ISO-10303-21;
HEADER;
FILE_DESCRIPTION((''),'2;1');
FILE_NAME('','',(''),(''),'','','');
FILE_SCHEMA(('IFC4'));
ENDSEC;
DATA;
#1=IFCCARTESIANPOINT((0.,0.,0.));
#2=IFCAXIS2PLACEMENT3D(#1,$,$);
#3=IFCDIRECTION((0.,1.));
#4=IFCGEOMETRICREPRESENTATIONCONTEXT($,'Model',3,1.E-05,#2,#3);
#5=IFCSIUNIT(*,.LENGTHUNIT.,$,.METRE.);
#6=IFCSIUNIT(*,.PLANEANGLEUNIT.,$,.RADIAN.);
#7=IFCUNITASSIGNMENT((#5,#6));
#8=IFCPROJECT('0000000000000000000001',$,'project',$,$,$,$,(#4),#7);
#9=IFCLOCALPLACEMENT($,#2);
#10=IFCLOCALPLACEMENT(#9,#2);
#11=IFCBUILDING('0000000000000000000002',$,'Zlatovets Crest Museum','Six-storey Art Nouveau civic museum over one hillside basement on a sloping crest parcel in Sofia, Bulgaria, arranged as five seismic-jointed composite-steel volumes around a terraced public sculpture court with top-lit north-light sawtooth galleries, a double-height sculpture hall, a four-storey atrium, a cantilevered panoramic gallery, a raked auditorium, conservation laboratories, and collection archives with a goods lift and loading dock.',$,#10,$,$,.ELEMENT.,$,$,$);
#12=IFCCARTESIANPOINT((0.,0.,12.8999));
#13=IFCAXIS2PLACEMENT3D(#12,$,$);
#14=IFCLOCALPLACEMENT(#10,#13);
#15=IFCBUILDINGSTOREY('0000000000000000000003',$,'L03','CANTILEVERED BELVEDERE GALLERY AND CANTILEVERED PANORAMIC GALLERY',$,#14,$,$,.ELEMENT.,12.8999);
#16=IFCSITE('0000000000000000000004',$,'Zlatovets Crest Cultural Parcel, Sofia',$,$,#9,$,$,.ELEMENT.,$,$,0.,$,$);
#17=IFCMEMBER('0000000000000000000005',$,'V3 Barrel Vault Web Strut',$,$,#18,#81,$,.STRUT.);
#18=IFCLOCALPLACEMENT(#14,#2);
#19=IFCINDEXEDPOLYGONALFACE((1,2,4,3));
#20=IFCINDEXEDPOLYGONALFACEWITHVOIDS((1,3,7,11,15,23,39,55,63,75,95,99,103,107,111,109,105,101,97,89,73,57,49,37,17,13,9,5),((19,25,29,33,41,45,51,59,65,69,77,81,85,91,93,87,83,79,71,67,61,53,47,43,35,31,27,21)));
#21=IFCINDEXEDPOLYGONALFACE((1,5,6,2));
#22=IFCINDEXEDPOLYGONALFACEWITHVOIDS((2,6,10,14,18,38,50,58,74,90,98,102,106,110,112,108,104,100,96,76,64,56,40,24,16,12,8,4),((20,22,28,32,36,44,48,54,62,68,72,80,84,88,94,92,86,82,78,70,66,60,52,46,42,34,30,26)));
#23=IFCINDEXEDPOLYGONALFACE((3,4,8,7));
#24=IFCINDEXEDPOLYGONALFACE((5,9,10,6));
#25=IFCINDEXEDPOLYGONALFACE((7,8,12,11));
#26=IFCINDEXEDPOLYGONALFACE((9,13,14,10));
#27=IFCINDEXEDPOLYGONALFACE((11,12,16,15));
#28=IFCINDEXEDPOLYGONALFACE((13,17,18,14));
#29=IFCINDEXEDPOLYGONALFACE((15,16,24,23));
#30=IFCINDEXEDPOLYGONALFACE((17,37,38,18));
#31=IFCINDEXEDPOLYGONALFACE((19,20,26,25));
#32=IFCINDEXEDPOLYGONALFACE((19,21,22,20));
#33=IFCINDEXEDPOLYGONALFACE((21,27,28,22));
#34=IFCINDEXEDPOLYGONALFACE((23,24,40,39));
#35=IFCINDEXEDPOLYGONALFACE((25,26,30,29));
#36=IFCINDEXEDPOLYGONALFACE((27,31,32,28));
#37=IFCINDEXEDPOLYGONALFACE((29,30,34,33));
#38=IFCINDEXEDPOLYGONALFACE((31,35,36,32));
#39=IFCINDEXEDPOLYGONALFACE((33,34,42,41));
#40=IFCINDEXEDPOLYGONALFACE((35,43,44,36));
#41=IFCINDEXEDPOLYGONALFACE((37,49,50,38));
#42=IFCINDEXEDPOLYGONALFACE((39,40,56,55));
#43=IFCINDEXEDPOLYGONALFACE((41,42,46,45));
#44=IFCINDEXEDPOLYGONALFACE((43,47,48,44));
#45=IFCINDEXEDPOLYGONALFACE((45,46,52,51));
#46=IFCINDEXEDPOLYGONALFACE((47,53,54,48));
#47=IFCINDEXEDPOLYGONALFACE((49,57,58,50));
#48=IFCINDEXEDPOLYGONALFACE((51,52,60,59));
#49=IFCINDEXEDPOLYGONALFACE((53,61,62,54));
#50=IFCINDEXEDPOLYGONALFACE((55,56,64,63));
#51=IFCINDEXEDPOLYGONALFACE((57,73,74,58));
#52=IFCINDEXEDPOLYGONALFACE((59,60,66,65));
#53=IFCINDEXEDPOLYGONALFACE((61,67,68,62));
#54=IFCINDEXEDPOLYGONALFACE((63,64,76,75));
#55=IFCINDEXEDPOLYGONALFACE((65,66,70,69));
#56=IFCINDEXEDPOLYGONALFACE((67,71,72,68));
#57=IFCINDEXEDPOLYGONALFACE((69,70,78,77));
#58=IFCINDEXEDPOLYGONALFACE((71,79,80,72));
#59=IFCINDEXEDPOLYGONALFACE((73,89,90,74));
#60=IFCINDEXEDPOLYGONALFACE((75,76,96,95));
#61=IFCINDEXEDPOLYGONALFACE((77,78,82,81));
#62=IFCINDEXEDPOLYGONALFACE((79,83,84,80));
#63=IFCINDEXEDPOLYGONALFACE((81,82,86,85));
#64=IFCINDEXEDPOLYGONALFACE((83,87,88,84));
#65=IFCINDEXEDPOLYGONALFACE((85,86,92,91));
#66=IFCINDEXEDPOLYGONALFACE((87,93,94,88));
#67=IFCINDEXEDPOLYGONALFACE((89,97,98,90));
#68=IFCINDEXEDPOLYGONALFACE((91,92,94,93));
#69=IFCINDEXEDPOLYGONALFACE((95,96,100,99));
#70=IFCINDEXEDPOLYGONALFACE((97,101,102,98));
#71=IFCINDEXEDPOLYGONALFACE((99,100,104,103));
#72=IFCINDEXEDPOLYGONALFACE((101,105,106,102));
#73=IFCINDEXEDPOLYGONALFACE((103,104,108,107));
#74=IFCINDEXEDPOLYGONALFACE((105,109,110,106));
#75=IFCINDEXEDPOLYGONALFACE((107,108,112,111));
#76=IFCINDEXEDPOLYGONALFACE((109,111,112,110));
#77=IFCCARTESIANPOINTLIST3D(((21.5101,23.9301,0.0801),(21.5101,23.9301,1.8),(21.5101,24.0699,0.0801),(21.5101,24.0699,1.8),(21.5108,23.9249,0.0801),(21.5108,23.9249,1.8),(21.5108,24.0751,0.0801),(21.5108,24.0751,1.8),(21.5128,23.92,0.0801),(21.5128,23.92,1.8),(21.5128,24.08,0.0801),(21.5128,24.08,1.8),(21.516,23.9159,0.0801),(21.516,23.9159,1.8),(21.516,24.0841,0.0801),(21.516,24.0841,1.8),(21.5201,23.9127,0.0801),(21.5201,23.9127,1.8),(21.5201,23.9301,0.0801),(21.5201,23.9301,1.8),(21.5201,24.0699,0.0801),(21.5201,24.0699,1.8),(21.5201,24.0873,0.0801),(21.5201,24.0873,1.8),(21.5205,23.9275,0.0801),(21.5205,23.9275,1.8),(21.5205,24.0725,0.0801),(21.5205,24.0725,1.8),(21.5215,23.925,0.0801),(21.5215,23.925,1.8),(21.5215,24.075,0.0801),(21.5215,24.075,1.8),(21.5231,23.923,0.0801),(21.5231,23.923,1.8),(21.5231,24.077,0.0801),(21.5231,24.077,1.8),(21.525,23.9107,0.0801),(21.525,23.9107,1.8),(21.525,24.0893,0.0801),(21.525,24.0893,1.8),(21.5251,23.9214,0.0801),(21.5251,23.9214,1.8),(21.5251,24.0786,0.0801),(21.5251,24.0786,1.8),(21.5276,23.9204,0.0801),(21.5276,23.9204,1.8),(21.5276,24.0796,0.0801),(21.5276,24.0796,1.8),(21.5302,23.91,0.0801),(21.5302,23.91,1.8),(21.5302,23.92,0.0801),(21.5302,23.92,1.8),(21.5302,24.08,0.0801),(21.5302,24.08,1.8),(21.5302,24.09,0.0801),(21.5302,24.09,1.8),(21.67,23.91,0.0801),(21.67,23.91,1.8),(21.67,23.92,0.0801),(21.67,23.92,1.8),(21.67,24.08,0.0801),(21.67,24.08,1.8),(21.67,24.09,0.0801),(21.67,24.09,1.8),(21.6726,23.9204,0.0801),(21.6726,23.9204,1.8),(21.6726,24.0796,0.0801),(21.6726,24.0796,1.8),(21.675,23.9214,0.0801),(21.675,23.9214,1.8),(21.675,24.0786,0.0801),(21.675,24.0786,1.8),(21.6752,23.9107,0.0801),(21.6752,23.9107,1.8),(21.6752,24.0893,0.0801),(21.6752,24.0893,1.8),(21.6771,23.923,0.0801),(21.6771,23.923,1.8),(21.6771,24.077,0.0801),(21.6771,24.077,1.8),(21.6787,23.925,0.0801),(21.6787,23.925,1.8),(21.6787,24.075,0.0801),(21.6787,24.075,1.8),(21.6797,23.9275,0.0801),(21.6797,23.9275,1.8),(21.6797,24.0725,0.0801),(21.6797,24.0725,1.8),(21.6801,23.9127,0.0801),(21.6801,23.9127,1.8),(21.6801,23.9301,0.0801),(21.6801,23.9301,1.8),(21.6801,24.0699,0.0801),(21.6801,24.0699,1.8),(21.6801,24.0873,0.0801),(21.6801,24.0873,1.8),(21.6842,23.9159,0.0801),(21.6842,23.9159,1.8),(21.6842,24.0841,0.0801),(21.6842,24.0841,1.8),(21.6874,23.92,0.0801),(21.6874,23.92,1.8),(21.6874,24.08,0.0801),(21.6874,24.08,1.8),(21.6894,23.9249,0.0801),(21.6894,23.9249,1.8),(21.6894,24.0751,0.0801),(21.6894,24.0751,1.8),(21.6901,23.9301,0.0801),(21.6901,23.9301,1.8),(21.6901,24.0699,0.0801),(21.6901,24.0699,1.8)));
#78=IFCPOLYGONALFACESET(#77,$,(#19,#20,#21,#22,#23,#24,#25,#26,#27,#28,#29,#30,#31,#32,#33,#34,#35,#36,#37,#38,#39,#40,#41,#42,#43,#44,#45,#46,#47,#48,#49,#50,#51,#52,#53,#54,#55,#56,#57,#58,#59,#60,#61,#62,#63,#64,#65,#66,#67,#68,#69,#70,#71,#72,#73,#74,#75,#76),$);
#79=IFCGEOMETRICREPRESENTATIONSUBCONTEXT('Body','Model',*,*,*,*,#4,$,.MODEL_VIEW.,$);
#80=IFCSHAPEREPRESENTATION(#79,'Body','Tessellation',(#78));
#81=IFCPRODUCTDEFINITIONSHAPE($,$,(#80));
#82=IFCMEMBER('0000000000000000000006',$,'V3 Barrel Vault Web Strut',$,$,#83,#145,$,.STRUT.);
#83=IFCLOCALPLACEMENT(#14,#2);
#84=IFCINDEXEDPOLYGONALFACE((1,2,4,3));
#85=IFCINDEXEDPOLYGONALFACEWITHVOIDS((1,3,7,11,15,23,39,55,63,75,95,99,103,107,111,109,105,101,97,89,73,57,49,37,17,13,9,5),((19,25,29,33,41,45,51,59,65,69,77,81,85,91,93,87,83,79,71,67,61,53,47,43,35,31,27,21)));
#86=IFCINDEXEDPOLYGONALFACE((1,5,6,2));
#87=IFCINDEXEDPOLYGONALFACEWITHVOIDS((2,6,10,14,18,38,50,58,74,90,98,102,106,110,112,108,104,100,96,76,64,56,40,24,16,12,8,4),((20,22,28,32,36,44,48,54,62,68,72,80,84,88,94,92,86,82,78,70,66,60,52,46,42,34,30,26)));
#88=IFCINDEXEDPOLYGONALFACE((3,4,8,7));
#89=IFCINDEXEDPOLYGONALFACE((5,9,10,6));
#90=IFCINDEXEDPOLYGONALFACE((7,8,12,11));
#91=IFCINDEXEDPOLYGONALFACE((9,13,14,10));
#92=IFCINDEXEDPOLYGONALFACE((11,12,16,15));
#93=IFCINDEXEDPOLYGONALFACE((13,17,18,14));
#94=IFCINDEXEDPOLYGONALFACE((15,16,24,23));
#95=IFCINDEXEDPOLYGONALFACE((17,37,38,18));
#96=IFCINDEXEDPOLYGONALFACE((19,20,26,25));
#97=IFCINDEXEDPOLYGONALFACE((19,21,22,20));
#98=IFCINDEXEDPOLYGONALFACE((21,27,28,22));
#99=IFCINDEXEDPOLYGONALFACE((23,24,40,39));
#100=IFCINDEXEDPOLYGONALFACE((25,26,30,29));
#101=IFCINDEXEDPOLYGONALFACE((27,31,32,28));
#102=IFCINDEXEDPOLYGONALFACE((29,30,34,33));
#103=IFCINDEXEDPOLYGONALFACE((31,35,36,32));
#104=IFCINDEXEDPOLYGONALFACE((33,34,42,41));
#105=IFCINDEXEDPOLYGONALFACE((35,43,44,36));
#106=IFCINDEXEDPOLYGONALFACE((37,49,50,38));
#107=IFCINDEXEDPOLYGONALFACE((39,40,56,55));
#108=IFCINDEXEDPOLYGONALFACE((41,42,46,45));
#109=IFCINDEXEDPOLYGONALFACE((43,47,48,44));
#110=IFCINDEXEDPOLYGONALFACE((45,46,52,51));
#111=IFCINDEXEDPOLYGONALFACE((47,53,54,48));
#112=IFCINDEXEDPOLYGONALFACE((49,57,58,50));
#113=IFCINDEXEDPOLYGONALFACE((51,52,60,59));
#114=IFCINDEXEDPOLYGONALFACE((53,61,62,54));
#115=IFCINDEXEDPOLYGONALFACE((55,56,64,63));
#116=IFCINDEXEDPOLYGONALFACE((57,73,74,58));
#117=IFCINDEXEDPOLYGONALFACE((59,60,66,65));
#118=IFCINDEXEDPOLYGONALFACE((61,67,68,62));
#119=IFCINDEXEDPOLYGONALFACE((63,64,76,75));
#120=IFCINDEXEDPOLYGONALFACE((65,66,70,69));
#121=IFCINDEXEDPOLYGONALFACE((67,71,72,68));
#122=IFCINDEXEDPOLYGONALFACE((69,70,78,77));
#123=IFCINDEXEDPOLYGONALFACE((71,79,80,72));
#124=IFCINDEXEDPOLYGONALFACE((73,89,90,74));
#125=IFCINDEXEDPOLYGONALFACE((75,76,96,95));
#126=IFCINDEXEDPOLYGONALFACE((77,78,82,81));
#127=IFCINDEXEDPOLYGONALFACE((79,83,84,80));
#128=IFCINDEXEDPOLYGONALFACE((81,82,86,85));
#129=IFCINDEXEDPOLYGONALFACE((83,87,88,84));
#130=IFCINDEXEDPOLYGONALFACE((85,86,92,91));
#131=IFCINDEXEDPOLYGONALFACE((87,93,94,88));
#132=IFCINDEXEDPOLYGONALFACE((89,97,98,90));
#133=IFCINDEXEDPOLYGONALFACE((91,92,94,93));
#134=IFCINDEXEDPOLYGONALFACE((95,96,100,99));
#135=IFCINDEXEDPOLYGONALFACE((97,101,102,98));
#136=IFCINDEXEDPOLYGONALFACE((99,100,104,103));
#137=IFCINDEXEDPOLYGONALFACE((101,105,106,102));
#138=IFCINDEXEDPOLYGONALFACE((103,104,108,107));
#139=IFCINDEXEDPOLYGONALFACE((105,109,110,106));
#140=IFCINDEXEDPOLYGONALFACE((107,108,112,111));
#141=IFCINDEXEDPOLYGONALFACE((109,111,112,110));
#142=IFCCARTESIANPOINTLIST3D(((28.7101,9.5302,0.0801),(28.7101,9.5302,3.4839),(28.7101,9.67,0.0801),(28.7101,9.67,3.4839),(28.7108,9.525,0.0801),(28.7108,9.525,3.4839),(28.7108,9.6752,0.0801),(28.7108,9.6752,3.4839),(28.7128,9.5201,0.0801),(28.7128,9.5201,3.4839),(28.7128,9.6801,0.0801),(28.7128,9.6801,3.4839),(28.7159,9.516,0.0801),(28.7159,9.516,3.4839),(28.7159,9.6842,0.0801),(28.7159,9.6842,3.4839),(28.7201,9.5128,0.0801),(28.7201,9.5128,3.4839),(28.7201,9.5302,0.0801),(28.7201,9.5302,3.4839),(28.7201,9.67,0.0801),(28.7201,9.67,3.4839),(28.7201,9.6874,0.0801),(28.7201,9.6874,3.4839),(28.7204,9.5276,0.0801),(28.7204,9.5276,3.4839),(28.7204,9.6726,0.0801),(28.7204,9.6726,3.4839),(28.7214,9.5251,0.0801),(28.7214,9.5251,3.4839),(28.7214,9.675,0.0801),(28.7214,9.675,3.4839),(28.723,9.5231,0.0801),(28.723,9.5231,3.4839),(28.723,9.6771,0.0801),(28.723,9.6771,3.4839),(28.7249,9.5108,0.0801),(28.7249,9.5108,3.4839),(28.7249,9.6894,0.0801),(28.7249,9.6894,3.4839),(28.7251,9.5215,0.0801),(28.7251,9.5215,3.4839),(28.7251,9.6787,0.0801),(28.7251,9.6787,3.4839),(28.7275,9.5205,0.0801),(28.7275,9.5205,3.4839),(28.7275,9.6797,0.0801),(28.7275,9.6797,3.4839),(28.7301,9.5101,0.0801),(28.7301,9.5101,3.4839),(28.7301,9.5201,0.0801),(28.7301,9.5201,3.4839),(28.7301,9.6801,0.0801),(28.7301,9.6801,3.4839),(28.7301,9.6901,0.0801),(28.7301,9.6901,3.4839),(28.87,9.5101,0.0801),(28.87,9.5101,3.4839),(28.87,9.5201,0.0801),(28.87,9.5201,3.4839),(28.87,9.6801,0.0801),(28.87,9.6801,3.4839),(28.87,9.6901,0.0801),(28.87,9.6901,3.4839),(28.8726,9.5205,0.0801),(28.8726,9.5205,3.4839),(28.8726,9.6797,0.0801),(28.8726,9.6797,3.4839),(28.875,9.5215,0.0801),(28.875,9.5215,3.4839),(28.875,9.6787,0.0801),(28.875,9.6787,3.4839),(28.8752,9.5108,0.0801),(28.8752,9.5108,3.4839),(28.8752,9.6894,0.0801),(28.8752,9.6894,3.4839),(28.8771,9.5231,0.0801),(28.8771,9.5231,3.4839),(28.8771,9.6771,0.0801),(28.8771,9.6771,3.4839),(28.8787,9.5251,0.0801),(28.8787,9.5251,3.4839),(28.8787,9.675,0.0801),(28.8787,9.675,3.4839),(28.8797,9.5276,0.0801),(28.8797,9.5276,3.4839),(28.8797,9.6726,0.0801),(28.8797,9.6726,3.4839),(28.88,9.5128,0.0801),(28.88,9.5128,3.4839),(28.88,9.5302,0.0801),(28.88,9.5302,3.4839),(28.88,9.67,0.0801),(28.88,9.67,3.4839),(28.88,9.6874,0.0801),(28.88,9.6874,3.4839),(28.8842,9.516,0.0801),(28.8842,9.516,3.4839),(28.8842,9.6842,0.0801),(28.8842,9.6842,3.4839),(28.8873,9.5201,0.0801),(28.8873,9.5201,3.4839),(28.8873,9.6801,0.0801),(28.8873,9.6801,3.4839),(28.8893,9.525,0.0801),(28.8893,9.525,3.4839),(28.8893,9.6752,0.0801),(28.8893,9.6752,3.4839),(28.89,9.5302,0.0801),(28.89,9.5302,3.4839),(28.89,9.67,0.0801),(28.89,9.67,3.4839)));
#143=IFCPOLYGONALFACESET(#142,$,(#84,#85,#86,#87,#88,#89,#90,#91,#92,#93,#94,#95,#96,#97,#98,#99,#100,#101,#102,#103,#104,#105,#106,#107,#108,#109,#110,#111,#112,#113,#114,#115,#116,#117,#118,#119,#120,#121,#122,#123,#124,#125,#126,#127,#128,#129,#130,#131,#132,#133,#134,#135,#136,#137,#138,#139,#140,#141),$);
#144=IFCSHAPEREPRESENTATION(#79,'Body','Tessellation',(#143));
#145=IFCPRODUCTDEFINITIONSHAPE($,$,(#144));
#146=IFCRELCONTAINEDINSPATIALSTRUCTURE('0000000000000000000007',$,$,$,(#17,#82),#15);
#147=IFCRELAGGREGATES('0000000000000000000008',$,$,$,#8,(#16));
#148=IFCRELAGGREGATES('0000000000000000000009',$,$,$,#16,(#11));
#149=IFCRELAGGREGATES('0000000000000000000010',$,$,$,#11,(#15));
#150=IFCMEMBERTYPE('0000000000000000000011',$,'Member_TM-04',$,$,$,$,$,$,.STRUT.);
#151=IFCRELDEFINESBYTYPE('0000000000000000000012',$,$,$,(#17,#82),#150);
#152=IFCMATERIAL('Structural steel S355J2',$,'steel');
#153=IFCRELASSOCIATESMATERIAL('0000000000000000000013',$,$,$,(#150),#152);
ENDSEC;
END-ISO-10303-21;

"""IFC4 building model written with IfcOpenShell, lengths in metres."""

from ifc_helpers import new_model, si_unit, direction, frame, origin, origin_2d, place, context, subcontext, project, spatial, hollow_rectangle, extrude, material, material_profile, profile_set, type_object, element, save


model = new_model("IFC4")

# Units and contexts
model_context = context("Model", 3, precision=1e-05, world=origin(), true_north=direction((0.0, 1.0)))
body_context = subcontext(model_context, "Body", "Model", "MODEL_VIEW")
ifc_project = project(units=[si_unit("LENGTHUNIT", "METRE"), si_unit("PLANEANGLEUNIT", "RADIAN")], contexts=[model_context])

# Site, building, storey
site_placement = place(None, origin())
site = spatial("IfcSite", under=ifc_project, at=site_placement, Name="Zlatovets Crest Cultural Parcel, Sofia", CompositionType="ELEMENT", RefElevation=0.0)
building_placement = place(site_placement, origin())
building = spatial("IfcBuilding", under=site, at=building_placement, Name="Zlatovets Crest Museum", Description="Six-storey Art Nouveau civic museum over one hillside basement on a sloping crest parcel in Sofia, Bulgaria, arranged as five seismic-jointed composite-steel volumes around a terraced public sculpture court with top-lit north-light sawtooth galleries, a double-height sculpture hall, a four-storey atrium, a cantilevered panoramic gallery, a raked auditorium, conservation laboratories, and collection archives with a goods lift and loading dock.", CompositionType="ELEMENT")
storey_placement = place(building_placement, frame((0.0, 0.0, 12.8999)))
storey = spatial("IfcBuildingStorey", under=building, at=storey_placement, Name="L03", Description="CANTILEVERED BELVEDERE GALLERY AND CANTILEVERED PANORAMIC GALLERY", CompositionType="ELEMENT", Elevation=12.8999)

# Shared definitions
ifc_material_1 = material(Name="Structural steel S355J2", Category="steel")

# Members
ifc_material_profile_1 = material_profile(ifc_material_1, hollow_rectangle(XDim=0.1799, YDim=0.1799, WallThickness=0.01, InnerFilletRadius=0.01, OuterFilletRadius=0.02, at=origin_2d()), Name="SHS 180x180x10.0")
ifc_profile_set_1 = profile_set([ifc_material_profile_1], Name="Structural steel S355J2")
member_type_1 = type_object("IfcMemberType", Name="Member_TM-04", PredefinedType="STRUT", material=ifc_profile_set_1)
member_1_placement = place(storey_placement, frame((21.6001, 24.0, 0.0801), z_axis=(0.0, 0.0, 1.0), x_axis=(1.0, 0.0, 0.0)))
element("IfcMember", 1, at=member_1_placement, inside=storey, type_object=member_type_1, Name="V3 Barrel Vault Web Strut", PredefinedType="STRUT", context=body_context, shape_type="SweptSolid", body=[
    extrude(hollow_rectangle(XDim=0.1799, YDim=0.1799, WallThickness=0.01, InnerFilletRadius=0.01, OuterFilletRadius=0.02, at=origin_2d()), origin(), (0.0, 0.0, 1.0), 1.72),
])
member_2_placement = place(storey_placement, frame((28.8, 9.6001, 0.0801), z_axis=(0.0, 0.0, 1.0), x_axis=(1.0, 0.0, 0.0)))
element("IfcMember", 2, at=member_2_placement, inside=storey, type_object=member_type_1, Name="V3 Barrel Vault Web Strut", PredefinedType="STRUT", context=body_context, shape_type="SweptSolid", body=[
    extrude(hollow_rectangle(XDim=0.1799, YDim=0.1799, WallThickness=0.01, InnerFilletRadius=0.01, OuterFilletRadius=0.02, at=origin_2d()), origin(), (0.0, 0.0, 1.0), 3.4038),
])

save(model, "model.ifc")
